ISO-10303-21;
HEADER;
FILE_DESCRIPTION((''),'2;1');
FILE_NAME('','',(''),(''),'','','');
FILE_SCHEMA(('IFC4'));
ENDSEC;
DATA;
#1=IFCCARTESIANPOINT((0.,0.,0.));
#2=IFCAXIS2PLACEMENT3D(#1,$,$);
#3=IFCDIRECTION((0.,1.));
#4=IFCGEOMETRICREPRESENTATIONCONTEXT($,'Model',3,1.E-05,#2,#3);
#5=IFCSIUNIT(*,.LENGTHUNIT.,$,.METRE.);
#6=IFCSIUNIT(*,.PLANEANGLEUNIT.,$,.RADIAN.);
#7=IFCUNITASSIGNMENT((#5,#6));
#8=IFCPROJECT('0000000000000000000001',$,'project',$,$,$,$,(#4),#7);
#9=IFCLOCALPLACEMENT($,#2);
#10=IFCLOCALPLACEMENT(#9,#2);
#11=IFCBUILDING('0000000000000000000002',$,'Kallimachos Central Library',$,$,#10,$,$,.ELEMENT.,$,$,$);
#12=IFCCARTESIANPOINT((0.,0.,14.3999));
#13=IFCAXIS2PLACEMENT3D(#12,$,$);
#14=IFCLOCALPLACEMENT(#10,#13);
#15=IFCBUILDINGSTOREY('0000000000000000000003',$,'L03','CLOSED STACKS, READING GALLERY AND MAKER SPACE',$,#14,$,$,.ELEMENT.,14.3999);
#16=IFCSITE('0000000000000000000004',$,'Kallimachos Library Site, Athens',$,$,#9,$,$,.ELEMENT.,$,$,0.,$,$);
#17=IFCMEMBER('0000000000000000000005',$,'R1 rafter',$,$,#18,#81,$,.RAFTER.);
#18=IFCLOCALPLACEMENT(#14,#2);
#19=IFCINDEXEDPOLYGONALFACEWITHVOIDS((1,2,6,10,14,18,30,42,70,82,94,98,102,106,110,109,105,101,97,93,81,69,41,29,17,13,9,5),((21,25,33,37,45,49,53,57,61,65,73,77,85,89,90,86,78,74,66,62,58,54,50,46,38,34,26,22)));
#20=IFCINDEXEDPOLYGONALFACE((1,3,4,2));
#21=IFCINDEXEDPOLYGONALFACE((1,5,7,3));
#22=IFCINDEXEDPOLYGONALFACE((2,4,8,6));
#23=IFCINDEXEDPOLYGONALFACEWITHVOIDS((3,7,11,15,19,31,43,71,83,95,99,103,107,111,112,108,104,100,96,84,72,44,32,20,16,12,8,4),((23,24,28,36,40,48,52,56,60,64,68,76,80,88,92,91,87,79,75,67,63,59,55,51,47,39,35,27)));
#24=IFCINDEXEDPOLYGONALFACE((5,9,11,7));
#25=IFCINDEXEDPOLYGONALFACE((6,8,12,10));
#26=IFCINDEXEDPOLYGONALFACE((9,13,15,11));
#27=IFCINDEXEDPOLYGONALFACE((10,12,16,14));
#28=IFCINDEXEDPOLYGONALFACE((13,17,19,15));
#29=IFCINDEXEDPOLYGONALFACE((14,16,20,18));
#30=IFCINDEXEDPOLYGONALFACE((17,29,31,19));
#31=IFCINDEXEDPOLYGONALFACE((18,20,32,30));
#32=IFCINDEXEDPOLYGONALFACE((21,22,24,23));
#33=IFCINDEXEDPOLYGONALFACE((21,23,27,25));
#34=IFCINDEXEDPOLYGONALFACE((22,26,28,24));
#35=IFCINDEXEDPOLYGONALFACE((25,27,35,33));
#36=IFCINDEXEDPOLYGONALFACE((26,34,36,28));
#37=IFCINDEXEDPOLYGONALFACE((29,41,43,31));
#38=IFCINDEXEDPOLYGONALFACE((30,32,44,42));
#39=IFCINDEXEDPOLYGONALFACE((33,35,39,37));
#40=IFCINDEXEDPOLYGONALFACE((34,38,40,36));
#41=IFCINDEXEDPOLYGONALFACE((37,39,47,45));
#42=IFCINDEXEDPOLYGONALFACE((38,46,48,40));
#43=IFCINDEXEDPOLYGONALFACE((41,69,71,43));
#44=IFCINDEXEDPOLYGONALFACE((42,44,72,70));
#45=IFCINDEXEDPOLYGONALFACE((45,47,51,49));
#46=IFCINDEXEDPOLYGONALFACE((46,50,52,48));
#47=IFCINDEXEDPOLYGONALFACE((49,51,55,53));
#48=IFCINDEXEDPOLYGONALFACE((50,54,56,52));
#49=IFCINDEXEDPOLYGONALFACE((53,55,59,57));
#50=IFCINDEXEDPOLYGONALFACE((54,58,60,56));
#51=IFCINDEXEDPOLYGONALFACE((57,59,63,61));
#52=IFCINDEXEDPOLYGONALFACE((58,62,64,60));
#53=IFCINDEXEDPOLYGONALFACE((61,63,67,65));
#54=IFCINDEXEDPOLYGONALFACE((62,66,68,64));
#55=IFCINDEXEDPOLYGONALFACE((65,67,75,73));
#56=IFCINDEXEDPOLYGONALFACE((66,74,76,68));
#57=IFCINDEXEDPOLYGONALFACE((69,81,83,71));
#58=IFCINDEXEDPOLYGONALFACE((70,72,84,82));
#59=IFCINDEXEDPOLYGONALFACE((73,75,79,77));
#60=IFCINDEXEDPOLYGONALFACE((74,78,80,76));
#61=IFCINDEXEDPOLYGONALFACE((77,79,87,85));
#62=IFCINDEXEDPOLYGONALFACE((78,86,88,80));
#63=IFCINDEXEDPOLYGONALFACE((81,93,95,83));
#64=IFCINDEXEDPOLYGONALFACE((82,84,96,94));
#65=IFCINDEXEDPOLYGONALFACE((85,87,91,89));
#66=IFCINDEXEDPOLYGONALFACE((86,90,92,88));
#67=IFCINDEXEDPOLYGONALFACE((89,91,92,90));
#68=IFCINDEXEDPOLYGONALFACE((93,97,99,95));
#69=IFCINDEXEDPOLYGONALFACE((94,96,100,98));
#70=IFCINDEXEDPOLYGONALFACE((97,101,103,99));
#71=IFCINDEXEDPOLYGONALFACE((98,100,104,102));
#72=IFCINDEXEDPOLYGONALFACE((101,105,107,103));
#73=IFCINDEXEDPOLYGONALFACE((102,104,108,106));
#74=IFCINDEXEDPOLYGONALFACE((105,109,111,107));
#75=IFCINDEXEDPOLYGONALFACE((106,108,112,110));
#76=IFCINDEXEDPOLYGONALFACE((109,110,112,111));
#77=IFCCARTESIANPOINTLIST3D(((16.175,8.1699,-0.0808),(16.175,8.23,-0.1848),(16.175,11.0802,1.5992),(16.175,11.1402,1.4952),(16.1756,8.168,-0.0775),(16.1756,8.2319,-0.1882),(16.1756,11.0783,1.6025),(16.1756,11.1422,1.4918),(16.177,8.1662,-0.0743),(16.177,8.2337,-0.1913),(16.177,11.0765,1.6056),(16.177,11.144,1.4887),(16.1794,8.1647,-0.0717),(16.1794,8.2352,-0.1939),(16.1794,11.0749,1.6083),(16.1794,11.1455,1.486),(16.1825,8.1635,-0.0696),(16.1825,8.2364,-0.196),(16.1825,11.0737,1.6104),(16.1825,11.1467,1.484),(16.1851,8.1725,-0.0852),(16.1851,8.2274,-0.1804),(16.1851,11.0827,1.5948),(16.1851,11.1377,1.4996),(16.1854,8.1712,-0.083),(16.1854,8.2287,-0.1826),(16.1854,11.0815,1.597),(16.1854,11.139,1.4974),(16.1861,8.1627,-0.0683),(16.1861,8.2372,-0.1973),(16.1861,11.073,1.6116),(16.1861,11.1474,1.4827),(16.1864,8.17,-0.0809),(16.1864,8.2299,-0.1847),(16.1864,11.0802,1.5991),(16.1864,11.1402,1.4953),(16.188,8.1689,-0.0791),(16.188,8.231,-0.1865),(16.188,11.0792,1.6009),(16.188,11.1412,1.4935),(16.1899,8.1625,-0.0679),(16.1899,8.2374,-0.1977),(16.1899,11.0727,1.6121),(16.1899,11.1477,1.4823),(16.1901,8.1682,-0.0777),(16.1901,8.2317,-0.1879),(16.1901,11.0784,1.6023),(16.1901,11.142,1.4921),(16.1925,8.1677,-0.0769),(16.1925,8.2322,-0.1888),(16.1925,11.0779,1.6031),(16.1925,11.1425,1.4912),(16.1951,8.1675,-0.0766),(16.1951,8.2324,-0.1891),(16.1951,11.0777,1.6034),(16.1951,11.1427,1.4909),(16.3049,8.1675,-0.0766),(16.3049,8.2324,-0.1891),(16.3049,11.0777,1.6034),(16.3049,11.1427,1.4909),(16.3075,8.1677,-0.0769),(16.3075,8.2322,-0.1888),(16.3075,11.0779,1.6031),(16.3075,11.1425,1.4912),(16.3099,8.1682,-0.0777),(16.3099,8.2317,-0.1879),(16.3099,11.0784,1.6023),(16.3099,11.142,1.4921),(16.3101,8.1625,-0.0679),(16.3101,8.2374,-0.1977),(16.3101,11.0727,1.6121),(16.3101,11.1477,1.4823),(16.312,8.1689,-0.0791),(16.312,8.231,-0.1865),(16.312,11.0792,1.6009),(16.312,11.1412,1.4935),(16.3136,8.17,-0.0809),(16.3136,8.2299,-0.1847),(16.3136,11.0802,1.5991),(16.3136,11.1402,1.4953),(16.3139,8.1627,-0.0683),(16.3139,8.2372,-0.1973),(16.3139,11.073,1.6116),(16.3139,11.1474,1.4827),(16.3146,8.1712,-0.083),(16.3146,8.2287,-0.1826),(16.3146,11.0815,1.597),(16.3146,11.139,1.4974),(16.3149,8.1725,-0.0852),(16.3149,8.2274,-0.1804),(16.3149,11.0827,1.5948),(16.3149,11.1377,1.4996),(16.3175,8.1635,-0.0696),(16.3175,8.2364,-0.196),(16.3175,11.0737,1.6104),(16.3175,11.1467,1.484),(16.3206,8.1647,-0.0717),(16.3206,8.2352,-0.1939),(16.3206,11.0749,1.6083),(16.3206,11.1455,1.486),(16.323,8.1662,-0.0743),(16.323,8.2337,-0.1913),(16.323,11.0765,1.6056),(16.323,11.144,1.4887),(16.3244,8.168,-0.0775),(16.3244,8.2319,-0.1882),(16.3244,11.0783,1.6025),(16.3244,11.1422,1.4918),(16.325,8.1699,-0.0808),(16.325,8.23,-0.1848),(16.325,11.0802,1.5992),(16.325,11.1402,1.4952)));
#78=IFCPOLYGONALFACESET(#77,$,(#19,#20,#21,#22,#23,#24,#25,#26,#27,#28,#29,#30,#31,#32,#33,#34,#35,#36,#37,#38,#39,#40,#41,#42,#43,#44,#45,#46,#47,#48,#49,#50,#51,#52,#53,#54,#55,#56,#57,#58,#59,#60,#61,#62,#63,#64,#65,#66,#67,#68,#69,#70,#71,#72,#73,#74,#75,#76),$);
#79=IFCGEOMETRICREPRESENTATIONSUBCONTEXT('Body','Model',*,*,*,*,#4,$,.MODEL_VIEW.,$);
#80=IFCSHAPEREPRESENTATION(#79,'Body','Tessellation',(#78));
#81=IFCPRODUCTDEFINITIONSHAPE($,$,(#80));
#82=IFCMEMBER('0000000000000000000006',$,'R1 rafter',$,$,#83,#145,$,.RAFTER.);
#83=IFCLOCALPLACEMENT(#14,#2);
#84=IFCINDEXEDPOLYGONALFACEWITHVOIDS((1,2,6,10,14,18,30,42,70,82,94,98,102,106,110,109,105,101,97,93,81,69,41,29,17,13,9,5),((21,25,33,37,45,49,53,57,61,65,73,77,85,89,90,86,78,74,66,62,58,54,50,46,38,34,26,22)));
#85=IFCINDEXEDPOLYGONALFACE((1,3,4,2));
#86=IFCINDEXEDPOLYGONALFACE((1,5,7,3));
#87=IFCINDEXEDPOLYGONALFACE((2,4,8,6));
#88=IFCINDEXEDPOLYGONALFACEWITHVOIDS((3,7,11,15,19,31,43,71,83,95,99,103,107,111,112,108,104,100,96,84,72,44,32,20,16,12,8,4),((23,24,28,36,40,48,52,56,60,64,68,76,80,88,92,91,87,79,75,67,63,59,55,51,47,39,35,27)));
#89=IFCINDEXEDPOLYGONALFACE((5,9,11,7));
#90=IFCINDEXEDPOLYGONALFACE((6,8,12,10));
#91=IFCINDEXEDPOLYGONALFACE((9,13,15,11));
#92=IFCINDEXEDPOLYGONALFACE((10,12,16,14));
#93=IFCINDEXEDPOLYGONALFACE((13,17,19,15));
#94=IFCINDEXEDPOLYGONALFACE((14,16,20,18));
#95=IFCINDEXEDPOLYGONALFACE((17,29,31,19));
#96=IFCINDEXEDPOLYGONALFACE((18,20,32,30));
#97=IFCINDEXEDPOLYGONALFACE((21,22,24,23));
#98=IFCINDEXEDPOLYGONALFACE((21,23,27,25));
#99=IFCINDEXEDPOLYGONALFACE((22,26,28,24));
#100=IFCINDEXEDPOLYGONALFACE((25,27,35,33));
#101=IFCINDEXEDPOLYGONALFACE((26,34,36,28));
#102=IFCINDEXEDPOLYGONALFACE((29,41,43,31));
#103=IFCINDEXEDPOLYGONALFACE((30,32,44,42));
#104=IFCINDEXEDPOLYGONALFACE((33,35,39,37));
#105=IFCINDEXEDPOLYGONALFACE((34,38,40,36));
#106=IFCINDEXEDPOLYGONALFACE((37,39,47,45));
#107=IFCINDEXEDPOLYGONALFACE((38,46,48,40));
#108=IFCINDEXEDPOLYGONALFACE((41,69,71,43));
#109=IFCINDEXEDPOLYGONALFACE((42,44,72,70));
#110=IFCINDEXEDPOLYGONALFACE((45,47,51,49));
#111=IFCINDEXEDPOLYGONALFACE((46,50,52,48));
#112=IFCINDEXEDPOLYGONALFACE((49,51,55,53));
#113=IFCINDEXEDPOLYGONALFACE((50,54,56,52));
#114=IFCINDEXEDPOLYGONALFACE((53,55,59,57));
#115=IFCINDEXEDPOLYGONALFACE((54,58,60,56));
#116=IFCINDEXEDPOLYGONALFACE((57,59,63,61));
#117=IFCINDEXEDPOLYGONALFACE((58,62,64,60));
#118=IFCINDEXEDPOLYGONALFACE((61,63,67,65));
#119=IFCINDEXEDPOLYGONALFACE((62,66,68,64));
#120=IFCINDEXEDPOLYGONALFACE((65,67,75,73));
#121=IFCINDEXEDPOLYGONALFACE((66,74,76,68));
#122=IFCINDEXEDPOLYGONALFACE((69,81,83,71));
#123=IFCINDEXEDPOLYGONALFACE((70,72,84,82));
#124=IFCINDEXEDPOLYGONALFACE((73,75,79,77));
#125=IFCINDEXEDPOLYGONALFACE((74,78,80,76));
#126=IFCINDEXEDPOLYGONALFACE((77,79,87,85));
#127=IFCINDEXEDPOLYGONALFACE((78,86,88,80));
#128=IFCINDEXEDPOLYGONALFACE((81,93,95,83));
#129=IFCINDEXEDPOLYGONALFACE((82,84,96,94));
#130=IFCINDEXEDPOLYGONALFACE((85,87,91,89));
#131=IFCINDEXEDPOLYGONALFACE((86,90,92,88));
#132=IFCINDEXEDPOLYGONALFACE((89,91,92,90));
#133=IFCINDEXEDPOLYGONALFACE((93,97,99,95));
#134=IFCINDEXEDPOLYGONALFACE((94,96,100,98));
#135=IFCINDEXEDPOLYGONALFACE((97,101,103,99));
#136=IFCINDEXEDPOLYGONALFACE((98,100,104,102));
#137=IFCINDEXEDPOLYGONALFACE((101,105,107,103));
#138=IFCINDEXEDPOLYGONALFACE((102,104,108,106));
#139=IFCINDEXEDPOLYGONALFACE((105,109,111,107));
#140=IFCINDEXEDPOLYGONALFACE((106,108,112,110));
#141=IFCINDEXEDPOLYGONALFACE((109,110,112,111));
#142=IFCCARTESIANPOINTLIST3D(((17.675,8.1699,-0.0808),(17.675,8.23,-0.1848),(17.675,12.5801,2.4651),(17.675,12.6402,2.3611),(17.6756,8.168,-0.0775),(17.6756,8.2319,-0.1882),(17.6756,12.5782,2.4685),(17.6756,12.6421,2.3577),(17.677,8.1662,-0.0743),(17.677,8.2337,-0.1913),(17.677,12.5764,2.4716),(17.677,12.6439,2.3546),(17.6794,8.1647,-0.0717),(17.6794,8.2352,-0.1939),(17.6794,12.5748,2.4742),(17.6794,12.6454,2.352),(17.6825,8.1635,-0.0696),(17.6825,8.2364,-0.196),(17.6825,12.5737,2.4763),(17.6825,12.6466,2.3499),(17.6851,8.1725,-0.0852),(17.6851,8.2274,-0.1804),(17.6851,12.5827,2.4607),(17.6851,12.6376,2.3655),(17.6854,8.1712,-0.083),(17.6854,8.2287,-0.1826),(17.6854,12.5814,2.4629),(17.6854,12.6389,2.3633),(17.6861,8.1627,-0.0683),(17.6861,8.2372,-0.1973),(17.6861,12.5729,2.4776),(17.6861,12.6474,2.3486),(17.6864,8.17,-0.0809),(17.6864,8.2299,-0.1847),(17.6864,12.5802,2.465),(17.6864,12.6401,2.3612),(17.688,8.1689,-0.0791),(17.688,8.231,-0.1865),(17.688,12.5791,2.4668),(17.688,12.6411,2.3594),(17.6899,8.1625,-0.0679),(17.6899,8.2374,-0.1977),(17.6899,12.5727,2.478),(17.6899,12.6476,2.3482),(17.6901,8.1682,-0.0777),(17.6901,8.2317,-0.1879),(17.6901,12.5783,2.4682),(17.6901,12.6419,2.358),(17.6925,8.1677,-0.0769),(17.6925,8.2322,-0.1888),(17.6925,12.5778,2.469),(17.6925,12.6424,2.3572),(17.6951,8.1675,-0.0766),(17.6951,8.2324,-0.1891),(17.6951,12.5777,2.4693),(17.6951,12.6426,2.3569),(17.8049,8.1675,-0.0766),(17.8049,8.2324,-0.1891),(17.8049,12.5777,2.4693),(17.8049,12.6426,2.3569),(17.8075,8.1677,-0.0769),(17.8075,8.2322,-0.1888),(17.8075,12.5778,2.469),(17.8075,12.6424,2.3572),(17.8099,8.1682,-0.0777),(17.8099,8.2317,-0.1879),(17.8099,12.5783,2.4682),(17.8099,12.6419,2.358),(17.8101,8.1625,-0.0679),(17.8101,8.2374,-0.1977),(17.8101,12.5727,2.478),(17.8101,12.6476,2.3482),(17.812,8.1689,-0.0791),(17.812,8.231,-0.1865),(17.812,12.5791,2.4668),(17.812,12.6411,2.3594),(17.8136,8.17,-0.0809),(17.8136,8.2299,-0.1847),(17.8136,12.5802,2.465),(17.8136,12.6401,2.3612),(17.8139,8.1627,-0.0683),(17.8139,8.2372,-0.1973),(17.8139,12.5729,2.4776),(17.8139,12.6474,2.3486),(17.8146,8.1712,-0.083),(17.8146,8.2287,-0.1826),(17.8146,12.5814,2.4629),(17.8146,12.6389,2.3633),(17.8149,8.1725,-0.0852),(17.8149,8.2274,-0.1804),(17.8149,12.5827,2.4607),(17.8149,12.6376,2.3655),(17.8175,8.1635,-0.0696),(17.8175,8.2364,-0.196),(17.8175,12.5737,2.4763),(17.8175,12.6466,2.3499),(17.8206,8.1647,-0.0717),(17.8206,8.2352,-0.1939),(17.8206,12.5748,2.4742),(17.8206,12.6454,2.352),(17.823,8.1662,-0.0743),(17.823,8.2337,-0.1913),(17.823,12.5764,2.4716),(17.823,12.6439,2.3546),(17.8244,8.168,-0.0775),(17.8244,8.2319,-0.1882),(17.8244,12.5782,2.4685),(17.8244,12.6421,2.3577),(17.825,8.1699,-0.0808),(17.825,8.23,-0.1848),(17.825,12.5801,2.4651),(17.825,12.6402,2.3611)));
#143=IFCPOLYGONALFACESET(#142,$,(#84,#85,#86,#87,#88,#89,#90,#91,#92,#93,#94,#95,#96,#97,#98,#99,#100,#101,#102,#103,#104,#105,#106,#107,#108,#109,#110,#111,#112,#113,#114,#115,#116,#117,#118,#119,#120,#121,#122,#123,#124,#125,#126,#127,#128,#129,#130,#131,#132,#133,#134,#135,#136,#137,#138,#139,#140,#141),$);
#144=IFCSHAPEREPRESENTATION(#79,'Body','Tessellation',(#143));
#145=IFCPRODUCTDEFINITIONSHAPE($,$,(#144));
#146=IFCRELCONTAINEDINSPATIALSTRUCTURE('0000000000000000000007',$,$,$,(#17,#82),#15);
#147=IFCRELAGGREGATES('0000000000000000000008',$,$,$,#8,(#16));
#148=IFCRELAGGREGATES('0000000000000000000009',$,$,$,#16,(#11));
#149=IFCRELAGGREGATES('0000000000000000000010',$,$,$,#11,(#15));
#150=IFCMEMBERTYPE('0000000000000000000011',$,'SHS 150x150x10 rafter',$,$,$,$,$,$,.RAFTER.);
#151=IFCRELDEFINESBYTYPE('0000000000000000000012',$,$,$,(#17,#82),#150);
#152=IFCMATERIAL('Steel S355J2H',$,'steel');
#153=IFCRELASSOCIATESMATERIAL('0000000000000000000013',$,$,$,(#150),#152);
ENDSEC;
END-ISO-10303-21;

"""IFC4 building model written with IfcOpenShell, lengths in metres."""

from ifc_helpers import new_model, si_unit, direction, frame, origin, origin_2d, place, context, subcontext, project, spatial, hollow_rectangle, extrude, material, material_profile, profile_set, type_object, element, save


model = new_model("IFC4")

# Units and contexts
model_context = context("Model", 3, precision=1e-05, world=origin(), true_north=direction((0.0, 1.0)))
body_context = subcontext(model_context, "Body", "Model", "MODEL_VIEW")
ifc_project = project(units=[si_unit("LENGTHUNIT", "METRE"), si_unit("PLANEANGLEUNIT", "RADIAN")], contexts=[model_context])

# Site, building, storey
site_placement = place(None, origin())
site = spatial("IfcSite", under=ifc_project, at=site_placement, Name="Kallimachos Library Site, Athens", CompositionType="ELEMENT", RefElevation=0.0)
building_placement = place(site_placement, origin())
building = spatial("IfcBuilding", under=site, at=building_placement, Name="Kallimachos Central Library", CompositionType="ELEMENT")
storey_placement = place(building_placement, frame((0.0, 0.0, 14.3999)))
storey = spatial("IfcBuildingStorey", under=building, at=storey_placement, Name="L03", Description="CLOSED STACKS, READING GALLERY AND MAKER SPACE", CompositionType="ELEMENT", Elevation=14.3999)

# Members
ifc_material_1 = material(Name="Steel S355J2H", Category="steel")
ifc_material_profile_1 = material_profile(ifc_material_1, hollow_rectangle(XDim=0.1499, YDim=0.1499, WallThickness=0.01, InnerFilletRadius=0.01, OuterFilletRadius=0.0149, at=origin_2d()), Name="SHS 150x150x10")
ifc_profile_set_1 = profile_set([ifc_material_profile_1], Name="Steel S355J2H")
member_type_1 = type_object("IfcMemberType", Name="SHS 150x150x10 rafter", PredefinedType="RAFTER", material=ifc_profile_set_1)
member_1_placement = place(storey_placement, frame((16.25, 8.2, -0.1328), z_axis=(0.0, 0.866057, 0.499945), x_axis=(-1.0, 0.0, 0.0)))
element("IfcMember", 1, at=member_1_placement, inside=storey, type_object=member_type_1, Name="R1 rafter", PredefinedType="RAFTER", context=body_context, shape_type="SweptSolid", body=[
    extrude(hollow_rectangle(XDim=0.1499, YDim=0.1499, WallThickness=0.01, InnerFilletRadius=0.01, OuterFilletRadius=0.0149, at=origin_2d()), origin(), (0.0, 0.0, 1.0), 3.3604),
])
member_2_placement = place(storey_placement, frame((17.75, 8.2, -0.1328), z_axis=(0.0, 0.866051, 0.499955), x_axis=(-1.0, 0.0, 0.0)))
element("IfcMember", 2, at=member_2_placement, inside=storey, type_object=member_type_1, Name="R1 rafter", PredefinedType="RAFTER", context=body_context, shape_type="SweptSolid", body=[
    extrude(hollow_rectangle(XDim=0.1499, YDim=0.1499, WallThickness=0.01, InnerFilletRadius=0.01, OuterFilletRadius=0.0149, at=origin_2d()), origin(), (0.0, 0.0, 1.0), 5.0923),
])

save(model, "model.ifc")
